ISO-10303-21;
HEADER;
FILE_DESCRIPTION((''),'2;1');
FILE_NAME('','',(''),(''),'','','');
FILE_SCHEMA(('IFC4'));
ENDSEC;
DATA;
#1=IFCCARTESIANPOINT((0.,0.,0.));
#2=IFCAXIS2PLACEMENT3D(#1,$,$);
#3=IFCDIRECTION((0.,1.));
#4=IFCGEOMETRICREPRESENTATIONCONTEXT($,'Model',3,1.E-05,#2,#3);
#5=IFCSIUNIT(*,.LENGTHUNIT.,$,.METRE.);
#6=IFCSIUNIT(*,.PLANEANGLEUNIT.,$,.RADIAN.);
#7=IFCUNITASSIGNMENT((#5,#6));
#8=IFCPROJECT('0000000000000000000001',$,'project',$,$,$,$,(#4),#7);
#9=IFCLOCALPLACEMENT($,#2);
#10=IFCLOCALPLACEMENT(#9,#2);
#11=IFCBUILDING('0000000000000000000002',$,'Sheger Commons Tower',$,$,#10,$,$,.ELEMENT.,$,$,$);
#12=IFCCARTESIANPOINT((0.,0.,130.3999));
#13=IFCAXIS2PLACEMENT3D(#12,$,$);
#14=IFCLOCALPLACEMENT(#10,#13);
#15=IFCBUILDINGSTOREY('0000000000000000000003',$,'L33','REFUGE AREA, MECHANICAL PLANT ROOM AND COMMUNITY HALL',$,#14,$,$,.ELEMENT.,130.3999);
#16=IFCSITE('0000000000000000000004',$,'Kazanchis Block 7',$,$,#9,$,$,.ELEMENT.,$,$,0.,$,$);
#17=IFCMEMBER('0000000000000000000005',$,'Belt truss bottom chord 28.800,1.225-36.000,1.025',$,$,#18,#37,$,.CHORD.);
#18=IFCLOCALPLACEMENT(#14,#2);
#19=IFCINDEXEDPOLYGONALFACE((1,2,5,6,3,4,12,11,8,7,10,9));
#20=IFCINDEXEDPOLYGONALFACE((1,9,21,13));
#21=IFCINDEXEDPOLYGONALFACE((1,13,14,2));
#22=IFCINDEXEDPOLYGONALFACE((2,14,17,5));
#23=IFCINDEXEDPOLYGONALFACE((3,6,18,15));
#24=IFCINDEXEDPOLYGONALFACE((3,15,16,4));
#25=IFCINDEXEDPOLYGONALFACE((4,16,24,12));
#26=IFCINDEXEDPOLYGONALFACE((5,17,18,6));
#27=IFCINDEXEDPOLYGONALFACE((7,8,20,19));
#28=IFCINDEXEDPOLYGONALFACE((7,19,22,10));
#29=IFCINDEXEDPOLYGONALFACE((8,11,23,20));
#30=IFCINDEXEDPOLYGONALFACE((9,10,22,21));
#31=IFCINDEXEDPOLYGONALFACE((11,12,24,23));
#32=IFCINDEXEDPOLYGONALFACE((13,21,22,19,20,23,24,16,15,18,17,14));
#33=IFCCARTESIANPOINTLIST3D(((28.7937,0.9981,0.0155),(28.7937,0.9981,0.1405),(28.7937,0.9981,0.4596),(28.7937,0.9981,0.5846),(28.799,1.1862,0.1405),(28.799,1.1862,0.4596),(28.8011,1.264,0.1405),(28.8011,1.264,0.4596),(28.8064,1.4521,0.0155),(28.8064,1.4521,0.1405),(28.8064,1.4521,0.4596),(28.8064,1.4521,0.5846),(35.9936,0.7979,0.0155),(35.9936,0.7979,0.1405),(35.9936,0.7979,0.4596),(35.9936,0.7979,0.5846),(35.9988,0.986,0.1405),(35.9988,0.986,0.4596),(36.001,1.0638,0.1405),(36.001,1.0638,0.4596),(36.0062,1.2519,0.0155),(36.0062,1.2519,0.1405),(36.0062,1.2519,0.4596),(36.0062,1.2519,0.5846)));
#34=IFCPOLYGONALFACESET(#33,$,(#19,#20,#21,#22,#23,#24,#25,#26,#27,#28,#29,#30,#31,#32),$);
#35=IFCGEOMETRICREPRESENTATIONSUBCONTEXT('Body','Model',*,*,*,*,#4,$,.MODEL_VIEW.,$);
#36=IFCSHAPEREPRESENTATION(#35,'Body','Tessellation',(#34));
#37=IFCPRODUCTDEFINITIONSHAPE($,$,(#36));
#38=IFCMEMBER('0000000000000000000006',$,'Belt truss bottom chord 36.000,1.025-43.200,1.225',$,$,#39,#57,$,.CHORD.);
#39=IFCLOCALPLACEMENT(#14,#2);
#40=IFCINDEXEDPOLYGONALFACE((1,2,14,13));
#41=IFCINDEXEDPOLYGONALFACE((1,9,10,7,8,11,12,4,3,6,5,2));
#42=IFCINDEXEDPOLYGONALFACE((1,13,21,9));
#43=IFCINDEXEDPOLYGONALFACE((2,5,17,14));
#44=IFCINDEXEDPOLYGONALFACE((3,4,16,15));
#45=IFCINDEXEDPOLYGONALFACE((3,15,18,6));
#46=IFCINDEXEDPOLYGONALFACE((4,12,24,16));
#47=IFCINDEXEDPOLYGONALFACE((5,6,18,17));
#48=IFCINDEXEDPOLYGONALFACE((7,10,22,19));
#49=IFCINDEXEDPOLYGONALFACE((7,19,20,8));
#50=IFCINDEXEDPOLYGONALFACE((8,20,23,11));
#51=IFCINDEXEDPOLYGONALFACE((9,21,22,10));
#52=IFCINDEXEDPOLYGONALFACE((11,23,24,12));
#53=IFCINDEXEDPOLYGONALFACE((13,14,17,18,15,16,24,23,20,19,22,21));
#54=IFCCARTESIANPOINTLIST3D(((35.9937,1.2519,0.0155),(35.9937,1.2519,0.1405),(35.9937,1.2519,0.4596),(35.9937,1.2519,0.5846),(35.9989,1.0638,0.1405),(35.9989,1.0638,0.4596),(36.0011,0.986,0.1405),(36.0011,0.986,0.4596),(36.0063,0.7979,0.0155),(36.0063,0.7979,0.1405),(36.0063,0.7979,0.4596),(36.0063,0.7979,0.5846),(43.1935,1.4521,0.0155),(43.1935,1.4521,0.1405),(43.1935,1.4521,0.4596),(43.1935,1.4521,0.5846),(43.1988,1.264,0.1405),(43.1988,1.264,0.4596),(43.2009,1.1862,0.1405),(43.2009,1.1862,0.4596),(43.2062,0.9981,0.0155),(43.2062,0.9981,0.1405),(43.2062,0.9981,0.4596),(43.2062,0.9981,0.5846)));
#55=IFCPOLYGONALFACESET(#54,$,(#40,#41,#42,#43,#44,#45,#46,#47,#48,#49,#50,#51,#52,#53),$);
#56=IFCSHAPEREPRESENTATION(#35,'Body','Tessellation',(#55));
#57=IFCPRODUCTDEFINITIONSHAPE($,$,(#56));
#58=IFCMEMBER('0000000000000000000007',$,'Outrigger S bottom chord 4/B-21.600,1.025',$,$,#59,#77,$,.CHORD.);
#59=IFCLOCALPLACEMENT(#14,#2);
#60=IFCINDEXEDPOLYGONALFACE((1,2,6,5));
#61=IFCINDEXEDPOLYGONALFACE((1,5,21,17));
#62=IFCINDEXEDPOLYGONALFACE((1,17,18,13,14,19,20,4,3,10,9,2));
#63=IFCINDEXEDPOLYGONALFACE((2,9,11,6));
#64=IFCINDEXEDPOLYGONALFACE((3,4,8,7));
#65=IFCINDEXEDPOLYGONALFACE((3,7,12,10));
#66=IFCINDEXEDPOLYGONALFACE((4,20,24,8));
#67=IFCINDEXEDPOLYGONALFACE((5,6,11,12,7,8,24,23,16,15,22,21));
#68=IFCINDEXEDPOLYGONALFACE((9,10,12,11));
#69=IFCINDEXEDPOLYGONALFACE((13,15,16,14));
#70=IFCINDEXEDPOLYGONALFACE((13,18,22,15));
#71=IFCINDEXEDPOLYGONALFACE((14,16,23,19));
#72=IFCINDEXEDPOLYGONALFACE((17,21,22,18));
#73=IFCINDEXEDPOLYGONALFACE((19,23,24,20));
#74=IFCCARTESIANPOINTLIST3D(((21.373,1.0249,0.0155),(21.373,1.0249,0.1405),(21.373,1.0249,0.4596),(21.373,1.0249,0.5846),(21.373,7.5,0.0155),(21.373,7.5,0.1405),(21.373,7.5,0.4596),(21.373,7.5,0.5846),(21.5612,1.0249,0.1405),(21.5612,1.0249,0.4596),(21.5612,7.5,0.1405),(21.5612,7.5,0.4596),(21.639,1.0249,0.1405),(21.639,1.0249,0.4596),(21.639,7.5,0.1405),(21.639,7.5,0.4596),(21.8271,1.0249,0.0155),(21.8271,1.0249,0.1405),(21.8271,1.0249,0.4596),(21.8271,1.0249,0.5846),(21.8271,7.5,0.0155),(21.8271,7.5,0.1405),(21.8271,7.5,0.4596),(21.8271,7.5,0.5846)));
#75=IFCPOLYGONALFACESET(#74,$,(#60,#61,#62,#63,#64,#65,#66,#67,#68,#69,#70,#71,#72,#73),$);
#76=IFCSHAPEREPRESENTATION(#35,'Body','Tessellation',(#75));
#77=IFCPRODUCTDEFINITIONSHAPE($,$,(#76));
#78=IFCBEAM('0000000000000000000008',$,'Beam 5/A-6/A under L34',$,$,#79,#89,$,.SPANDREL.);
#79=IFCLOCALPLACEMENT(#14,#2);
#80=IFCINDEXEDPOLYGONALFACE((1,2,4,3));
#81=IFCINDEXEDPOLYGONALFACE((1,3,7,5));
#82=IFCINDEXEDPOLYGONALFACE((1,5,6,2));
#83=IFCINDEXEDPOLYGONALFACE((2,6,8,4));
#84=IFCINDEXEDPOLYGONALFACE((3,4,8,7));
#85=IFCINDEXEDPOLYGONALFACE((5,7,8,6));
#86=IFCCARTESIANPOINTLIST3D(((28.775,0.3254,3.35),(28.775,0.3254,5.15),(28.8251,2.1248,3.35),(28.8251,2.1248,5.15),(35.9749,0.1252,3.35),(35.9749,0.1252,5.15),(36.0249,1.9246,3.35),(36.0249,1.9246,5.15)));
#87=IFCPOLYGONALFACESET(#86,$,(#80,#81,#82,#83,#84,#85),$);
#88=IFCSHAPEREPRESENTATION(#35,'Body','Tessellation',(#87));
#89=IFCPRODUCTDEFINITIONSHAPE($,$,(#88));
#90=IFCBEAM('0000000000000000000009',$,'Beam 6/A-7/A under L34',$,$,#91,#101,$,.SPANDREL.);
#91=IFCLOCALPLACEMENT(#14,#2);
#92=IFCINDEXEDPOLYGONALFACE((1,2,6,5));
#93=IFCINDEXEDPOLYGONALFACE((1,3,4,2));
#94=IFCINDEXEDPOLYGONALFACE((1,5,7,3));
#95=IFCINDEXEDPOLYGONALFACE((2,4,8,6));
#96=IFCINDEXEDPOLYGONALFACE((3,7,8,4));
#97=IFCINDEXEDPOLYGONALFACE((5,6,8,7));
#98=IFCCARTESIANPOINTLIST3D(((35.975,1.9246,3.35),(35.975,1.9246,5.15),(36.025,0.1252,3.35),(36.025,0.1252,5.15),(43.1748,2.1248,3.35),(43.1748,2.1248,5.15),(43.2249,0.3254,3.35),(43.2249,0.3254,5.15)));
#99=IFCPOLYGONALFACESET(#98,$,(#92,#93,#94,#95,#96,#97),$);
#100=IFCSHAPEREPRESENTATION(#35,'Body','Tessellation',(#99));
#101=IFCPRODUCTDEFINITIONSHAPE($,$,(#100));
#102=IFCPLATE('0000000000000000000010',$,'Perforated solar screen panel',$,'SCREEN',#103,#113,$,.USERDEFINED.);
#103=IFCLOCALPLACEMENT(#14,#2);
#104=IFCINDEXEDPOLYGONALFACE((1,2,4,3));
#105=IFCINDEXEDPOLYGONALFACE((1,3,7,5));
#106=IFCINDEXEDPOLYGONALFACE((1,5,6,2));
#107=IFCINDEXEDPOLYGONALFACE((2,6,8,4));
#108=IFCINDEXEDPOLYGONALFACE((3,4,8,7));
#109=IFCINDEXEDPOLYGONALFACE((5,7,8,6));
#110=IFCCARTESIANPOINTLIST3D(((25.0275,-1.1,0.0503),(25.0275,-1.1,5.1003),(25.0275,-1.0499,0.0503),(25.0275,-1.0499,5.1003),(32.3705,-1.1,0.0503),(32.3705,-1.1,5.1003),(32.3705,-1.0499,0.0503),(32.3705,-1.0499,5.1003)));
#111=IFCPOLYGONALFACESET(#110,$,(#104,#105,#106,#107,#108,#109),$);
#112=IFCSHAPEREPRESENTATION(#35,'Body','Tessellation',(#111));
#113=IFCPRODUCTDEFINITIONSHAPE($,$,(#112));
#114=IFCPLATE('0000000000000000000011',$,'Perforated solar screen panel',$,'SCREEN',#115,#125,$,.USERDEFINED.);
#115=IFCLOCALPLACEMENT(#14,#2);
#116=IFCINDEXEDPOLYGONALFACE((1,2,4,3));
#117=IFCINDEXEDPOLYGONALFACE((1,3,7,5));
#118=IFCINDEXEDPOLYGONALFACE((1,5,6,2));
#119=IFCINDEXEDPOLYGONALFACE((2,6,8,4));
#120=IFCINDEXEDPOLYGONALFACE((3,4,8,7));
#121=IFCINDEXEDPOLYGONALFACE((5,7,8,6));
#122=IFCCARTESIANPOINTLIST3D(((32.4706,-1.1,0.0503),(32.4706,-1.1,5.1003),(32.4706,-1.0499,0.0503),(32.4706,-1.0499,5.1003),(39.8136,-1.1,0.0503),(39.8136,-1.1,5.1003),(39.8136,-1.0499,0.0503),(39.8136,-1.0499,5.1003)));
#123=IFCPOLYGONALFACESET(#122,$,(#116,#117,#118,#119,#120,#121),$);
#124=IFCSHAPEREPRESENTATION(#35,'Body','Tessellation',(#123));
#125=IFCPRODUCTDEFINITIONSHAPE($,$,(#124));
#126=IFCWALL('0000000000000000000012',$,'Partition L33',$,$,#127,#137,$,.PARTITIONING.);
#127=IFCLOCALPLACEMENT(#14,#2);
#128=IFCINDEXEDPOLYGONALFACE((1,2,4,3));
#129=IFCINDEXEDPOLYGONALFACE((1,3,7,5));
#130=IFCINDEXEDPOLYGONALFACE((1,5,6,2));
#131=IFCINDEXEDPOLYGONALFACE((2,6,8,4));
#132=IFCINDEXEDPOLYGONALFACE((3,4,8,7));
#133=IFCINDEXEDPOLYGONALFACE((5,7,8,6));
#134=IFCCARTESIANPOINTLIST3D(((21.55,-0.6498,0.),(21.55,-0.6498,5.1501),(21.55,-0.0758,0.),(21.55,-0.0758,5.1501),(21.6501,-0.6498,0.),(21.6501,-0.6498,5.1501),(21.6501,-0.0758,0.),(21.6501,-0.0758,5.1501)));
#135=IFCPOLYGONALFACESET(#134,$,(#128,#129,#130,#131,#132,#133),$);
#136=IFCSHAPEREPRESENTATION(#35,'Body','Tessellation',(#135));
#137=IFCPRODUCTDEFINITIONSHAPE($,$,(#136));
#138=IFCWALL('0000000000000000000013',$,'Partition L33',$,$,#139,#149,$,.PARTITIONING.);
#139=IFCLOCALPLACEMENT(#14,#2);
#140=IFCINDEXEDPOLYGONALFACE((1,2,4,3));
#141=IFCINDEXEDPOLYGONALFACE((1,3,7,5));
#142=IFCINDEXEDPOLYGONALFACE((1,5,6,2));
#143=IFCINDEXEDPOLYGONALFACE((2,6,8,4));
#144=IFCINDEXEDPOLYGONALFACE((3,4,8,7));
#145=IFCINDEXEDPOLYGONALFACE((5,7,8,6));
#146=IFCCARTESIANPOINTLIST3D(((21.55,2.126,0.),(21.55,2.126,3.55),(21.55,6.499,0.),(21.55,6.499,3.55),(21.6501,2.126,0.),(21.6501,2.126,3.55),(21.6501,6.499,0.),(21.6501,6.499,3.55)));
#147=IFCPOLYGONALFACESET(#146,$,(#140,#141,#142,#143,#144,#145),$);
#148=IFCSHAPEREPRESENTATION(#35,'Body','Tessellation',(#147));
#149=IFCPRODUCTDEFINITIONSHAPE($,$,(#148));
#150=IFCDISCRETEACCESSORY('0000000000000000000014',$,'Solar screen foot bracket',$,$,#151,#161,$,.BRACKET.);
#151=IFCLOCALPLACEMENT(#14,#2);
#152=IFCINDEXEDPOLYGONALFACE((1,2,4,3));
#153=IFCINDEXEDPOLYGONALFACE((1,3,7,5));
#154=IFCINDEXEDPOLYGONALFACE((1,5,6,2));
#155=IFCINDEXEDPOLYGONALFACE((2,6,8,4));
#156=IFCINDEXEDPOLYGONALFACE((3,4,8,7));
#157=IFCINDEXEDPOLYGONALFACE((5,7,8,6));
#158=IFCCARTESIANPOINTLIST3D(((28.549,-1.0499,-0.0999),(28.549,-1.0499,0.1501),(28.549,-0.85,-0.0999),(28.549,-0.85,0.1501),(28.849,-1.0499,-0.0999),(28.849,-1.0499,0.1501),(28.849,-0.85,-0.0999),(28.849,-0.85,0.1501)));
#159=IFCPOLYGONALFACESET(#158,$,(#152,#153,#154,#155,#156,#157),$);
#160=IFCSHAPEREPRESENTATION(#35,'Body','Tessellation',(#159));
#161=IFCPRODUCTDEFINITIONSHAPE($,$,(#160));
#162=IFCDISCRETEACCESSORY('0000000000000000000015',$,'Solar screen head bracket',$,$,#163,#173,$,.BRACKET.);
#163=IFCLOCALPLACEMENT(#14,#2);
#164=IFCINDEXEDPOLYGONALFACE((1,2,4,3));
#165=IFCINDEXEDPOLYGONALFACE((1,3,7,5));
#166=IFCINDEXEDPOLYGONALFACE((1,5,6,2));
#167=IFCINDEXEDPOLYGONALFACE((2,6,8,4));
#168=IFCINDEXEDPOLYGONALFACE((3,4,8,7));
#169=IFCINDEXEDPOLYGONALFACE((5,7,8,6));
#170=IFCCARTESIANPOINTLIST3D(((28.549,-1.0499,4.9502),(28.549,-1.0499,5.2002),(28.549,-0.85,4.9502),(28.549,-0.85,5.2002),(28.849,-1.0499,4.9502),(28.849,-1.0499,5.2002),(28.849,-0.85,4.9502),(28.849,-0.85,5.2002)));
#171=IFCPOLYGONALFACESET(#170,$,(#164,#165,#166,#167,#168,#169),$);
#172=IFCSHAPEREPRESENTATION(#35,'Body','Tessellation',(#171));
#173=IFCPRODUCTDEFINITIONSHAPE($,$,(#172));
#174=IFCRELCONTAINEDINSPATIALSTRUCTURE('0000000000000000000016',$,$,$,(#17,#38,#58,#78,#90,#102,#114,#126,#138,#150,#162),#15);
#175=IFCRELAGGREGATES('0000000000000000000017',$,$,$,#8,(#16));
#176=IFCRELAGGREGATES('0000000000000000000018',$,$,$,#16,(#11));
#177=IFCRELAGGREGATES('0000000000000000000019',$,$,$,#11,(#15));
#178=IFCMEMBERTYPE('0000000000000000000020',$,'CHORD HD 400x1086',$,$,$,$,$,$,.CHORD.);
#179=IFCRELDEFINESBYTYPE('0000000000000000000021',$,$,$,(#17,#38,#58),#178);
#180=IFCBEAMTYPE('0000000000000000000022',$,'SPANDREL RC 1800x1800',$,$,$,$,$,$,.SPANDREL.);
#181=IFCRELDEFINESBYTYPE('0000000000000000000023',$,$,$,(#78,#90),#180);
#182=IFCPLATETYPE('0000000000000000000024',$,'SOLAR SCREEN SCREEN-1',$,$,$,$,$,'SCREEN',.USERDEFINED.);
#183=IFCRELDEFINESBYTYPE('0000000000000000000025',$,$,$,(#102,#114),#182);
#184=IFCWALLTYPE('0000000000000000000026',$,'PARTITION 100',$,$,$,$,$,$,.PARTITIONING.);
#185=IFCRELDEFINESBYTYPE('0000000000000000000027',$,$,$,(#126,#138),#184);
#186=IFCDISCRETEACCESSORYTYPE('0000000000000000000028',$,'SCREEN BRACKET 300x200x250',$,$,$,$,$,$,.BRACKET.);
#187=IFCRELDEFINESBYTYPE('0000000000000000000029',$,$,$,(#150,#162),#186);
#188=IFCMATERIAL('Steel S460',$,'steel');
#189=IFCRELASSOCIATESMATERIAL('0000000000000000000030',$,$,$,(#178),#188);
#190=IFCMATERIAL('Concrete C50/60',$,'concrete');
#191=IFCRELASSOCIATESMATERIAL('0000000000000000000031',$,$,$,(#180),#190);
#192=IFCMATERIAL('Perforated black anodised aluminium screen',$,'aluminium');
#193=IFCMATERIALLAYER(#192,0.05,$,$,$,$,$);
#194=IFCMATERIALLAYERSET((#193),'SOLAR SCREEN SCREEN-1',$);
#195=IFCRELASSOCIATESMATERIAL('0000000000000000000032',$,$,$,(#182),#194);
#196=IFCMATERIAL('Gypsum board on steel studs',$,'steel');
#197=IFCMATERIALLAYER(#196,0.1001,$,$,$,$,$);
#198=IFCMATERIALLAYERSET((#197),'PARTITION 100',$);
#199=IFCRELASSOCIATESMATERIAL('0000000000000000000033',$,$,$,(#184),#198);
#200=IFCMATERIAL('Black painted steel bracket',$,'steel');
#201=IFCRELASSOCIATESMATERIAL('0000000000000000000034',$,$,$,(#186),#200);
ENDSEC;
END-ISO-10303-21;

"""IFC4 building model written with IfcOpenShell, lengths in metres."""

from ifc_helpers import new_model, si_unit, direction, frame, frame_2d, origin, origin_2d, place, context, subcontext, project, spatial, rectangle, i_section, extrude, material, layer, layer_set, material_profile, profile_set, type_object, element, save


model = new_model("IFC4")

# Units and contexts
model_context = context("Model", 3, precision=1e-05, world=origin(), true_north=direction((0.0, 1.0)))
body_context = subcontext(model_context, "Body", "Model", "MODEL_VIEW")
ifc_project = project(units=[si_unit("LENGTHUNIT", "METRE"), si_unit("PLANEANGLEUNIT", "RADIAN")], contexts=[model_context])

# Site, building, storey
site_placement = place(None, origin())
site = spatial("IfcSite", under=ifc_project, at=site_placement, Name="Kazanchis Block 7", CompositionType="ELEMENT", RefElevation=0.0)
building_placement = place(site_placement, origin())
building = spatial("IfcBuilding", under=site, at=building_placement, Name="Sheger Commons Tower", CompositionType="ELEMENT")
storey_placement = place(building_placement, frame((0.0, 0.0, 130.3999)))
storey = spatial("IfcBuildingStorey", under=building, at=storey_placement, Name="L33", Description="REFUGE AREA, MECHANICAL PLANT ROOM AND COMMUNITY HALL", CompositionType="ELEMENT", Elevation=130.3999)

# Members
ifc_material_1 = material(Name="Steel S460", Category="steel")
ifc_material_profile_1 = material_profile(ifc_material_1, i_section(OverallWidth=0.4541, OverallDepth=0.5691, WebThickness=0.0779, FlangeThickness=0.125, at=origin_2d()), Name="HD 400x1086")
ifc_profile_set_1 = profile_set([ifc_material_profile_1], Name="Steel S460")
member_type_1 = type_object("IfcMemberType", Name="CHORD HD 400x1086", PredefinedType="CHORD", material=ifc_profile_set_1)
for number, where, z_axis, x_axis, name in (
    (1, (28.8, 1.2251, 0.3), (0.999614, -0.027794, 0.0), (0.027794, 0.999614, 0.0), "Belt truss bottom chord 28.800,1.225-36.000,1.025"),
    (2, (36.0, 1.0249, 0.3), (0.999614, 0.027794, 0.0), (-0.027794, 0.999614, 0.0), "Belt truss bottom chord 36.000,1.025-43.200,1.225"),
):
    element("IfcMember", number, at=place(storey_placement, frame(where, z_axis=z_axis, x_axis=x_axis)), inside=storey, type_object=member_type_1, Name=name, PredefinedType="CHORD", context=body_context, shape_type="SweptSolid", body=[
        extrude(i_section(OverallWidth=0.4541, OverallDepth=0.5691, WebThickness=0.0779, FlangeThickness=0.125, at=origin_2d()), origin(), (0.0, 0.0, 1.0), 7.2026),
    ])
member_1_placement = place(storey_placement, frame((21.6001, 7.5, 0.3), z_axis=(0.0, -1.0, 0.0), x_axis=(1.0, 0.0, 0.0)))
element("IfcMember", 3, at=member_1_placement, inside=storey, type_object=member_type_1, Name="Outrigger S bottom chord 4/B-21.600,1.025", PredefinedType="CHORD", context=body_context, shape_type="SweptSolid", body=[
    extrude(i_section(OverallWidth=0.4541, OverallDepth=0.5691, WebThickness=0.0779, FlangeThickness=0.125, at=origin_2d()), origin(), (0.0, 0.0, 1.0), 6.4751),
])

# Beams
ifc_material_2 = material(Name="Concrete C50/60", Category="concrete")
ifc_material_profile_2 = material_profile(ifc_material_2, rectangle(XDim=1.8, YDim=1.8, at=origin_2d()), Name="RC 1800x1800")
ifc_profile_set_2 = profile_set([ifc_material_profile_2], Name="Concrete C50/60")
beam_type_1 = type_object("IfcBeamType", Name="SPANDREL RC 1800x1800", PredefinedType="SPANDREL", material=ifc_profile_set_2)
for number, where, z_axis, x_axis, name in (
    (4, (28.8, 1.2251, 4.25), (0.999614, -0.027794, 0.0), (0.027794, 0.999614, 0.0), "Beam 5/A-6/A under L34"),
    (5, (36.0, 1.0249, 4.25), (0.999614, 0.027794, 0.0), (-0.027794, 0.999614, 0.0), "Beam 6/A-7/A under L34"),
):
    element("IfcBeam", number, at=place(storey_placement, frame(where, z_axis=z_axis, x_axis=x_axis)), inside=storey, type_object=beam_type_1, Name=name, PredefinedType="SPANDREL", context=body_context, shape_type="SweptSolid", body=[
        extrude(rectangle(XDim=1.8, YDim=1.8, at=origin_2d()), origin(), (0.0, 0.0, 1.0), 7.2026),
    ])

# Plates
ifc_material_3 = material(Name="Perforated black anodised aluminium screen", Category="aluminium")
ifc_layer_1 = layer(ifc_material_3, 0.05)
ifc_layer_set_1 = layer_set([ifc_layer_1], Name="SOLAR SCREEN SCREEN-1")
plate_type = type_object("IfcPlateType", Name="SOLAR SCREEN SCREEN-1", ElementType="SCREEN", PredefinedType="USERDEFINED", material=ifc_layer_set_1)
for number, where, z_axis, x_axis, name in (
    (6, (28.699, -1.075, 0.0503), (0.0, 0.0, 1.0), (1.0, 0.0, 0.0), "Perforated solar screen panel"),
    (7, (36.1421, -1.075, 0.0503), (0.0, 0.0, 1.0), (1.0, 0.0, 0.0), "Perforated solar screen panel"),
):
    element("IfcPlate", number, at=place(storey_placement, frame(where, z_axis=z_axis, x_axis=x_axis)), inside=storey, type_object=plate_type, Name=name, ObjectType="SCREEN", PredefinedType="USERDEFINED", context=body_context, shape_type="SweptSolid", body=[
        extrude(rectangle(XDim=7.343, YDim=0.05, at=origin_2d()), origin(), (0.0, 0.0, 1.0), 5.05),
    ])

# Walls
ifc_material_4 = material(Name="Gypsum board on steel studs", Category="steel")
ifc_layer_2 = layer(ifc_material_4, 0.1001)
ifc_layer_set_2 = layer_set([ifc_layer_2], Name="PARTITION 100")
wall_type = type_object("IfcWallType", Name="PARTITION 100", PredefinedType="PARTITIONING", material=ifc_layer_set_2)
wall_1_placement = place(storey_placement, frame((21.6001, -0.6499, 0.0), z_axis=(0.0, 0.0, 1.0), x_axis=(0.0, 1.0, 0.0)))
element("IfcWall", 8, at=wall_1_placement, inside=storey, type_object=wall_type, Name="Partition L33", PredefinedType="PARTITIONING", context=body_context, shape_type="SweptSolid", body=[
    extrude(rectangle(XDim=0.574, YDim=0.1001, at=frame_2d((0.2871, 0.0))), origin(), (0.0, 0.0, 1.0), 5.1501),
])
wall_2_placement = place(storey_placement, frame((21.6001, 2.126, 0.0), z_axis=(0.0, 0.0, 1.0), x_axis=(0.0, 1.0, 0.0)))
element("IfcWall", 9, at=wall_2_placement, inside=storey, type_object=wall_type, Name="Partition L33", PredefinedType="PARTITIONING", context=body_context, shape_type="SweptSolid", body=[
    extrude(rectangle(XDim=4.373, YDim=0.1001, at=frame_2d((2.1865, 0.0))), origin(), (0.0, 0.0, 1.0), 3.55),
])

# Discrete accessories
ifc_material_5 = material(Name="Black painted steel bracket", Category="steel")
discrete_accessory_type = type_object("IfcDiscreteAccessoryType", Name="SCREEN BRACKET 300x200x250", PredefinedType="BRACKET", material=ifc_material_5)
for number, where, z_axis, x_axis, name in (
    (10, (28.699, -0.95, -0.0999), (0.0, 0.0, 1.0), (1.0, 0.0, 0.0), "Solar screen foot bracket"),
    (11, (28.699, -0.95, 4.9502), (0.0, 0.0, 1.0), (1.0, 0.0, 0.0), "Solar screen head bracket"),
):
    element("IfcDiscreteAccessory", number, at=place(storey_placement, frame(where, z_axis=z_axis, x_axis=x_axis)), inside=storey, type_object=discrete_accessory_type, Name=name, PredefinedType="BRACKET", context=body_context, shape_type="SweptSolid", body=[
        extrude(rectangle(XDim=0.3, YDim=0.2, at=origin_2d()), origin(), (0.0, 0.0, 1.0), 0.25),
    ])

save(model, "model.ifc")
